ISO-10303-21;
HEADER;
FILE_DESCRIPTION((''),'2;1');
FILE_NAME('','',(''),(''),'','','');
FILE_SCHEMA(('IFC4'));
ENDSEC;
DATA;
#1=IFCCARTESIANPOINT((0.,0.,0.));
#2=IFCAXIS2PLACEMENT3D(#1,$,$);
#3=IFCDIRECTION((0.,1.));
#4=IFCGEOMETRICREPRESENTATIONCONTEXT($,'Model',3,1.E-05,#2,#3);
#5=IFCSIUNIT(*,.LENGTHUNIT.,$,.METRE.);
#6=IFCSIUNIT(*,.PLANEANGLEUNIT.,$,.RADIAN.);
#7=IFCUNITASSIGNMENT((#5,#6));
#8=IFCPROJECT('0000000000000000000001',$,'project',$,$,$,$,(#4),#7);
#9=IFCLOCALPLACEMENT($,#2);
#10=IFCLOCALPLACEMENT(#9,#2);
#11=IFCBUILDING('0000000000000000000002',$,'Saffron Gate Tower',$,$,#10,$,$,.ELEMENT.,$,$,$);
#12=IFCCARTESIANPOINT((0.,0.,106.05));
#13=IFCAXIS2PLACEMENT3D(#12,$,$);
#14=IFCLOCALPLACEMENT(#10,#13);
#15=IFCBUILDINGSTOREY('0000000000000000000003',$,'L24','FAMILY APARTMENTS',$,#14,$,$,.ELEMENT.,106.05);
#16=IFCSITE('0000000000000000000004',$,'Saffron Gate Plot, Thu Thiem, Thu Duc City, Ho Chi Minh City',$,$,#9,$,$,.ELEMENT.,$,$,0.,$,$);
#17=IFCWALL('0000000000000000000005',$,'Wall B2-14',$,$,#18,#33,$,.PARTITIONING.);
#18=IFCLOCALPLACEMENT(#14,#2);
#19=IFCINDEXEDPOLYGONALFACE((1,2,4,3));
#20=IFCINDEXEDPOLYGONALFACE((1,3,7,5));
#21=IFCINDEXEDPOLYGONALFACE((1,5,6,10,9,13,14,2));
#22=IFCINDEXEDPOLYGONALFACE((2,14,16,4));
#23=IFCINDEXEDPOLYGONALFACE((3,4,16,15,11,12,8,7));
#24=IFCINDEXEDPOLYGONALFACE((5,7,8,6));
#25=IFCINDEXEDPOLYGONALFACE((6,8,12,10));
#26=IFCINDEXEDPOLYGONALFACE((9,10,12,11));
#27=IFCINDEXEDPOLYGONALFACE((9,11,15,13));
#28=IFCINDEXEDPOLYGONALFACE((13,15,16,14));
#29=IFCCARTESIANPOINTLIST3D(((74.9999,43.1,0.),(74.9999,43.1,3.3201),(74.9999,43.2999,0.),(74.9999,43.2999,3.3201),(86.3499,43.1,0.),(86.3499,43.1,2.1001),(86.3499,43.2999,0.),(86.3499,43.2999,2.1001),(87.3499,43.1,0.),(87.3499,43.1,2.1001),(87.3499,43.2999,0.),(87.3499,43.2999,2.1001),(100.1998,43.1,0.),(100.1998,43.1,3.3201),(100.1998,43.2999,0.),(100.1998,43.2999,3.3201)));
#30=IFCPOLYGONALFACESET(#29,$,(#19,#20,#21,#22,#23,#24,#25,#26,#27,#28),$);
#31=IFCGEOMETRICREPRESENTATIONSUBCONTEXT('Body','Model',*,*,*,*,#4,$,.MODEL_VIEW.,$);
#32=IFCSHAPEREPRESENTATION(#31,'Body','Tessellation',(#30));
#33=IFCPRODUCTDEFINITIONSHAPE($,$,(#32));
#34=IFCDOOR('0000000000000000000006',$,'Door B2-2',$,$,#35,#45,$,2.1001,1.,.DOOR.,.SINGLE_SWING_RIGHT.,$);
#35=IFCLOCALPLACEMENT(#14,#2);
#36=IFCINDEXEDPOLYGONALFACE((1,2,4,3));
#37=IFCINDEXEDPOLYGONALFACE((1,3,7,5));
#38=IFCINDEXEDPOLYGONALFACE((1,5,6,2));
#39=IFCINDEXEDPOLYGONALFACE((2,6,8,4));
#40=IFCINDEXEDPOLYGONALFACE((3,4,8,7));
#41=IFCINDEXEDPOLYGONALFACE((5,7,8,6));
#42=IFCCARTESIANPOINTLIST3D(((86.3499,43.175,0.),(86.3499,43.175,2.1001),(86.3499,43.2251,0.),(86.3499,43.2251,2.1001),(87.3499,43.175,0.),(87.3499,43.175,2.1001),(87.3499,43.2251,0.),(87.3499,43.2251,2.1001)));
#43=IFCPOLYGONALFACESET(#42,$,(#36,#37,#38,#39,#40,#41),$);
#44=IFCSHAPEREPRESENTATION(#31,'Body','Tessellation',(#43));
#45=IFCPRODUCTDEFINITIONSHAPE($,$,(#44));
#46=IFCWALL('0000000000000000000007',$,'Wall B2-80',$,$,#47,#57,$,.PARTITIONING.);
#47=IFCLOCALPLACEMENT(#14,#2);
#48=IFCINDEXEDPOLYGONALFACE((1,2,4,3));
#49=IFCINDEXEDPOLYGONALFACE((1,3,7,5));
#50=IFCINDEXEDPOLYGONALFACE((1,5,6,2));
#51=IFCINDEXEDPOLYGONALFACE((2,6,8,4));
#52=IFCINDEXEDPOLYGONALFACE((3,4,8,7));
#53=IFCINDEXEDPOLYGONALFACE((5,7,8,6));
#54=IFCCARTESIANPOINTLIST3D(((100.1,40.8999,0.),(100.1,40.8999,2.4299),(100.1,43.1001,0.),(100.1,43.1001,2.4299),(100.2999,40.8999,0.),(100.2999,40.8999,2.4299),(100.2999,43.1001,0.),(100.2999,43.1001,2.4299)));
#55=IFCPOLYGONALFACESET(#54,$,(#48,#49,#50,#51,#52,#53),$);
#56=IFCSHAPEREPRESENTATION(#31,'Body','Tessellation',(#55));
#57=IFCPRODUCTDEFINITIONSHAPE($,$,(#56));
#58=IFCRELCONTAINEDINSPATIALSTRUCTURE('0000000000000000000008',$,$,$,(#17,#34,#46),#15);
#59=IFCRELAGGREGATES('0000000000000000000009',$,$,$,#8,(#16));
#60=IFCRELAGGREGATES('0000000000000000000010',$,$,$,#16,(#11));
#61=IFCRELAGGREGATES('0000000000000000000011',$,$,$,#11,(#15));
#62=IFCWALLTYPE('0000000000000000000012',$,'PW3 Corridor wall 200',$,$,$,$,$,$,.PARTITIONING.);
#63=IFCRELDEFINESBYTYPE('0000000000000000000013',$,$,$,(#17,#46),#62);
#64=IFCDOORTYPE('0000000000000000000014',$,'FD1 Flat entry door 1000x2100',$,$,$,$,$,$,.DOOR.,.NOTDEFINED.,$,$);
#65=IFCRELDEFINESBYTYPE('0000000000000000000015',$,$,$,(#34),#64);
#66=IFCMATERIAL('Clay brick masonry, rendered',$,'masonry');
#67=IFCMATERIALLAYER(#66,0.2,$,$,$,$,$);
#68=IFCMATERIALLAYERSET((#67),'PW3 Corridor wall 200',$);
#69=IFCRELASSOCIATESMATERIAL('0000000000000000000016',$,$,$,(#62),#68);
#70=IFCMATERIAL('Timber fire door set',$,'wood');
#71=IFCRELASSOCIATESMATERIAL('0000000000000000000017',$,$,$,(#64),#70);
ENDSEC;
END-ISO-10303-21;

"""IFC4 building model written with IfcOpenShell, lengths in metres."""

from ifc_helpers import new_model, si_unit, direction, frame, frame_2d, origin, place, context, subcontext, project, spatial, rectangle, extrude, material, layer, layer_set, type_object, element, fill, save


model = new_model("IFC4")

# Units and contexts
model_context = context("Model", 3, precision=1e-05, world=origin(), true_north=direction((0.0, 1.0)))
body_context = subcontext(model_context, "Body", "Model", "MODEL_VIEW")
ifc_project = project(units=[si_unit("LENGTHUNIT", "METRE"), si_unit("PLANEANGLEUNIT", "RADIAN")], contexts=[model_context])

# Site, building, storey
site_placement = place(None, origin())
site = spatial("IfcSite", under=ifc_project, at=site_placement, Name="Saffron Gate Plot, Thu Thiem, Thu Duc City, Ho Chi Minh City", CompositionType="ELEMENT", RefElevation=0.0)
building_placement = place(site_placement, origin())
building = spatial("IfcBuilding", under=site, at=building_placement, Name="Saffron Gate Tower", CompositionType="ELEMENT")
storey_placement = place(building_placement, frame((0.0, 0.0, 106.05)))
storey = spatial("IfcBuildingStorey", under=building, at=storey_placement, Name="L24", Description="FAMILY APARTMENTS", CompositionType="ELEMENT", Elevation=106.05)

# Wall, opening, door
ifc_material_1 = material(Name="Clay brick masonry, rendered", Category="masonry")
ifc_layer_1 = layer(ifc_material_1, 0.2)
ifc_layer_set_1 = layer_set([ifc_layer_1], Name="PW3 Corridor wall 200")
wall_type_1 = type_object("IfcWallType", Name="PW3 Corridor wall 200", PredefinedType="PARTITIONING", material=ifc_layer_set_1)
wall_1_placement = place(storey_placement, frame((100.2, 43.2, 0.0), z_axis=(0.0, 0.0, 1.0), x_axis=(-1.0, 0.0, 0.0)))
wall_1 = element("IfcWall", 1, at=wall_1_placement, inside=storey, type_object=wall_type_1, Name="Wall B2-14", PredefinedType="PARTITIONING", context=body_context, shape_type="SweptSolid", body=[
    extrude(rectangle(XDim=25.2, YDim=0.2, at=frame_2d((12.6001, 0.0))), origin(), (0.0, 0.0, 1.0), 3.3201),
])
opening_1_placement = place(wall_1_placement, frame((12.8501, 0.0, 0.0)))
opening_1 = element("IfcOpeningElement", 2, at=opening_1_placement, cuts=wall_1, PredefinedType="OPENING", context=body_context, shape_type="SweptSolid", body=[
    extrude(rectangle(XDim=1.0, YDim=2.1001, at=frame_2d((0.5, 1.05))), frame((0.0, 0.1099, 0.0), z_axis=(0.0, -1.0, 0.0), x_axis=(1.0, 0.0, 0.0)), (0.0, 0.0, 1.0), 0.22),
])
ifc_material_2 = material(Name="Timber fire door set", Category="wood")
door_type_1 = type_object("IfcDoorType", Name="FD1 Flat entry door 1000x2100", OperationType="NOTDEFINED", PredefinedType="DOOR", material=ifc_material_2)
door_1_placement = place(opening_1_placement, origin())
door_1 = element("IfcDoor", 3, at=door_1_placement, inside=storey, type_object=door_type_1, Name="Door B2-2", OperationType="SINGLE_SWING_RIGHT", OverallHeight=2.1001, OverallWidth=1.0, PredefinedType="DOOR", context=body_context, shape_type="SweptSolid", body=[
    extrude(rectangle(XDim=1.0, YDim=2.1001, at=frame_2d((0.5, 1.05))), frame((0.0, 0.0249, 0.0), z_axis=(0.0, -1.0, 0.0), x_axis=(1.0, 0.0, 0.0)), (0.0, 0.0, 1.0), 0.05),
])
fill(opening_1, door_1)

# Wall
wall_2_placement = place(storey_placement, frame((100.2, 43.1001, 0.0), z_axis=(0.0, 0.0, 1.0), x_axis=(0.0, -1.0, 0.0)))
element("IfcWall", 4, at=wall_2_placement, inside=storey, type_object=wall_type_1, Name="Wall B2-80", PredefinedType="PARTITIONING", context=body_context, shape_type="SweptSolid", body=[
    extrude(rectangle(XDim=2.2002, YDim=0.2, at=frame_2d((1.1001, 0.0))), origin(), (0.0, 0.0, 1.0), 2.4299),
])

save(model, "model.ifc")
